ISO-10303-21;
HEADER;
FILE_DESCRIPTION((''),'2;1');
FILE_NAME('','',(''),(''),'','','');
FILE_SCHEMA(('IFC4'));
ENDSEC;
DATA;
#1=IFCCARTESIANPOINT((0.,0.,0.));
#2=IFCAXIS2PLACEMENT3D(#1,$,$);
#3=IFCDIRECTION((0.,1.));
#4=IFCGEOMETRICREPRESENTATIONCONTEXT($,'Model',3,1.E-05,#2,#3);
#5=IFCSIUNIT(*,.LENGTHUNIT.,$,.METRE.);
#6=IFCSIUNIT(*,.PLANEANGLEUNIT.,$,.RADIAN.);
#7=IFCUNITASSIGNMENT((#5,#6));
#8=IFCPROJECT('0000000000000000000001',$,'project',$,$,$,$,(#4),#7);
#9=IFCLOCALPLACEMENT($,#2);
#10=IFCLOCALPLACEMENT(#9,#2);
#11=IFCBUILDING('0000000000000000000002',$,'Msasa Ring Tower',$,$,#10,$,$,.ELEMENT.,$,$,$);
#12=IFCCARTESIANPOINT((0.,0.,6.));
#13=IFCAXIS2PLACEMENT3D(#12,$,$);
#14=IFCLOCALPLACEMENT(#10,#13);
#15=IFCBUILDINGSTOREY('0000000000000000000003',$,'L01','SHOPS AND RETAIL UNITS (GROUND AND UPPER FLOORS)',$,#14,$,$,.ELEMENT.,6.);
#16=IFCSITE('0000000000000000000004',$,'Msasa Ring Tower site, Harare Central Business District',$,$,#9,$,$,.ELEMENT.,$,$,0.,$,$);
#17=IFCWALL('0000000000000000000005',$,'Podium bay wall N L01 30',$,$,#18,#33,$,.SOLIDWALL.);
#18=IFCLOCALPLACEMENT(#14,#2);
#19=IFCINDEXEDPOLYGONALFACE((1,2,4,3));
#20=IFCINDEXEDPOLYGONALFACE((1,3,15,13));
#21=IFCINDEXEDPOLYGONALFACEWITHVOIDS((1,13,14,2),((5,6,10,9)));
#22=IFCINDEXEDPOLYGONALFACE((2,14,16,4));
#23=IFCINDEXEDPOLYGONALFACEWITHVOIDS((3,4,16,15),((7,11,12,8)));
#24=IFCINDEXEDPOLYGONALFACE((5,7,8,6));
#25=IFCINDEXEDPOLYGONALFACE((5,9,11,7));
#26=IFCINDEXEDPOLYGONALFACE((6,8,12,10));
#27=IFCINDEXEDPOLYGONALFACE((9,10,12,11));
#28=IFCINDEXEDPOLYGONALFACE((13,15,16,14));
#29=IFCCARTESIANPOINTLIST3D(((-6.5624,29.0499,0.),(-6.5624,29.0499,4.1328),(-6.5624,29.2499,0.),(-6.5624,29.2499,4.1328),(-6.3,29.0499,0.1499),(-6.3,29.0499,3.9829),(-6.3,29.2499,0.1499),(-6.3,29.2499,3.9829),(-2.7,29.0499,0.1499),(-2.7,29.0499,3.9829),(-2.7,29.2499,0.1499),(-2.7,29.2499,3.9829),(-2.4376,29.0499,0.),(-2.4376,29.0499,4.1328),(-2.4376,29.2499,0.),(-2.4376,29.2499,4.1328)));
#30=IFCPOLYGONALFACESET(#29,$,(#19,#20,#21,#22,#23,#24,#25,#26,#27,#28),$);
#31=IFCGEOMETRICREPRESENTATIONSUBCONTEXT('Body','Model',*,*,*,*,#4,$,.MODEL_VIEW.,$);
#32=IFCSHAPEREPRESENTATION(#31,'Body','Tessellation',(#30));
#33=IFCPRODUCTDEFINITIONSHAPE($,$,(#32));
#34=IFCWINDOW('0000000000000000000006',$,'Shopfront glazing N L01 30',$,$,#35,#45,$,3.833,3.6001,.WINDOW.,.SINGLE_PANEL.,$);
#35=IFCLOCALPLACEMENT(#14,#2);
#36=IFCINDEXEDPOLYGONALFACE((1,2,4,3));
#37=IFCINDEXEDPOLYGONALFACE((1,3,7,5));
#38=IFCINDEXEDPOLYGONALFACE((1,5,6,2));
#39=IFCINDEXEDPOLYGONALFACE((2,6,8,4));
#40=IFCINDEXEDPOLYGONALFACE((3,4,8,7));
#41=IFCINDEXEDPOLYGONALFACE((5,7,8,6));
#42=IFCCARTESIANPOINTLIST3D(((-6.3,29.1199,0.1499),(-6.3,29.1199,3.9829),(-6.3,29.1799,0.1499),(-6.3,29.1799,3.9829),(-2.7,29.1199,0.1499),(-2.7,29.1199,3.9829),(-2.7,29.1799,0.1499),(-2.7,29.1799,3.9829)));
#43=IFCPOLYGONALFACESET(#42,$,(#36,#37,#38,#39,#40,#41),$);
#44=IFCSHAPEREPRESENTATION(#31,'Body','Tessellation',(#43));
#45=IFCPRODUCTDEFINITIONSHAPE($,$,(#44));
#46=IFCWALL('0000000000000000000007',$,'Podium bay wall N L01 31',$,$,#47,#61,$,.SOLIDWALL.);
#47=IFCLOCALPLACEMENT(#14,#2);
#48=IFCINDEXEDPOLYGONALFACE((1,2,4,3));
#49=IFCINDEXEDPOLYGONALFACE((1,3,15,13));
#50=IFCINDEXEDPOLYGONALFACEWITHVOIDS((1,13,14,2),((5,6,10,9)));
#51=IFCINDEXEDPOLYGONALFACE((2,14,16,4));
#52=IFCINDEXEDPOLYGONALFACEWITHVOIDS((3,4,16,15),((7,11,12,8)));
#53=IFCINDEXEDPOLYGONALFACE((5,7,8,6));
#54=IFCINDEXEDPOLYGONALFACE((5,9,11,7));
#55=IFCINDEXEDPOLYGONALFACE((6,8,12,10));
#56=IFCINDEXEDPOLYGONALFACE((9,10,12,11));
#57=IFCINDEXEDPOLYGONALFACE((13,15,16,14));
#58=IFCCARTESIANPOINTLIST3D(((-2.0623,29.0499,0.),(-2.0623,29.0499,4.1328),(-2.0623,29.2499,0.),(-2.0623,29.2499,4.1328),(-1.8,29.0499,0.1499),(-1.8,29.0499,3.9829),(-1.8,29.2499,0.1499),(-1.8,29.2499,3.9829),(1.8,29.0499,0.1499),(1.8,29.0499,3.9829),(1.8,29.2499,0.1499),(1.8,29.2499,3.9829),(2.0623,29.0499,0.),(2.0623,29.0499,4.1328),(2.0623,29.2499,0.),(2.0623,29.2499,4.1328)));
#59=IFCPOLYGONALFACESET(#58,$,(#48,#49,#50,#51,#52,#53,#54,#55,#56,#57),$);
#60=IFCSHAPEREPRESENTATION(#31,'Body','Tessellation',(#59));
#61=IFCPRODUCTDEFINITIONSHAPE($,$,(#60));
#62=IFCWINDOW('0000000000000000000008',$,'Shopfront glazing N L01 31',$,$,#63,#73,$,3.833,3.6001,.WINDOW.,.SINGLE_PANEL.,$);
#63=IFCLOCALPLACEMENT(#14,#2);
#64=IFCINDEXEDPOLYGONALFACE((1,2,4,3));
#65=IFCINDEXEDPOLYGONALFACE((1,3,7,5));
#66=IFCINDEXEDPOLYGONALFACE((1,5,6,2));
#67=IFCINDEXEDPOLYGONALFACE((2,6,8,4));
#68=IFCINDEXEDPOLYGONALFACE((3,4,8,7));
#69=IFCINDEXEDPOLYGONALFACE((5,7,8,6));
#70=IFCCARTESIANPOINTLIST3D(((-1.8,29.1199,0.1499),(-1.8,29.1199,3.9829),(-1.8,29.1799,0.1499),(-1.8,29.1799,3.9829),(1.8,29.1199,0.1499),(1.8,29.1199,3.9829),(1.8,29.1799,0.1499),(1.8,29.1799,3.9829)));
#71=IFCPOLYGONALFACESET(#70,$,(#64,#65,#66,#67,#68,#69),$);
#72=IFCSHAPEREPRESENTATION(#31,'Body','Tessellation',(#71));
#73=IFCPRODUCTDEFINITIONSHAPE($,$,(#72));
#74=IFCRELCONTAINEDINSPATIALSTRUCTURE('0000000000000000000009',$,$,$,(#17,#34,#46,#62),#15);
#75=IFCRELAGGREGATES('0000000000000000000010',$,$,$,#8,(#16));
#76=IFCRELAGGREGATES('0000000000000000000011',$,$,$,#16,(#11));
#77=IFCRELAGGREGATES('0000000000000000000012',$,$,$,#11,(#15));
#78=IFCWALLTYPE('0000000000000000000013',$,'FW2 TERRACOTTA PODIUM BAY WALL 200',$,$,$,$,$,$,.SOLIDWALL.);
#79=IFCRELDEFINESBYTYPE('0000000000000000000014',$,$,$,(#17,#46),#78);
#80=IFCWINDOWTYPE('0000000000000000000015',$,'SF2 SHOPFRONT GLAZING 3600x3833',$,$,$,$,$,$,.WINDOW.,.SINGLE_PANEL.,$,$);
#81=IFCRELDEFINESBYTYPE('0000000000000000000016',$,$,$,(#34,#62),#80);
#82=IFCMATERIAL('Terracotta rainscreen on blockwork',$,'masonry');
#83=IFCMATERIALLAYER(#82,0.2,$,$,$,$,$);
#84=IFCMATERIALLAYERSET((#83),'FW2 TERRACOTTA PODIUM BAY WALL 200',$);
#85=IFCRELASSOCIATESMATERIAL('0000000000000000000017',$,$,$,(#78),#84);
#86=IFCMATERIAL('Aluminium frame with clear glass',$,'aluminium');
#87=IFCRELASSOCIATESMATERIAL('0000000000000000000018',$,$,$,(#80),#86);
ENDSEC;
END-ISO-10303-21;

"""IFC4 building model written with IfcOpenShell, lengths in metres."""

from ifc_helpers import new_model, si_unit, direction, frame, frame_2d, origin, place, context, subcontext, project, spatial, rectangle, extrude, material, layer, layer_set, type_object, element, fill, save


model = new_model("IFC4")

# Units and contexts
model_context = context("Model", 3, precision=1e-05, world=origin(), true_north=direction((0.0, 1.0)))
body_context = subcontext(model_context, "Body", "Model", "MODEL_VIEW")
ifc_project = project(units=[si_unit("LENGTHUNIT", "METRE"), si_unit("PLANEANGLEUNIT", "RADIAN")], contexts=[model_context])

# Site, building, storey
site_placement = place(None, origin())
site = spatial("IfcSite", under=ifc_project, at=site_placement, Name="Msasa Ring Tower site, Harare Central Business District", CompositionType="ELEMENT", RefElevation=0.0)
building_placement = place(site_placement, origin())
building = spatial("IfcBuilding", under=site, at=building_placement, Name="Msasa Ring Tower", CompositionType="ELEMENT")
storey_placement = place(building_placement, frame((0.0, 0.0, 6.0)))
storey = spatial("IfcBuildingStorey", under=building, at=storey_placement, Name="L01", Description="SHOPS AND RETAIL UNITS (GROUND AND UPPER FLOORS)", CompositionType="ELEMENT", Elevation=6.0)

# Walls, openings, windows
ifc_material_1 = material(Name="Terracotta rainscreen on blockwork", Category="masonry")
ifc_layer = layer(ifc_material_1, 0.2)
ifc_layer_set = layer_set([ifc_layer], Name="FW2 TERRACOTTA PODIUM BAY WALL 200")
wall_type = type_object("IfcWallType", Name="FW2 TERRACOTTA PODIUM BAY WALL 200", PredefinedType="SOLIDWALL", material=ifc_layer_set)
ifc_material_2 = material(Name="Aluminium frame with clear glass", Category="aluminium")
window_type = type_object("IfcWindowType", Name="SF2 SHOPFRONT GLAZING 3600x3833", PartitioningType="SINGLE_PANEL", PredefinedType="WINDOW", material=ifc_material_2)
wall_1_placement = place(storey_placement, frame((-6.5625, 29.1499, 0.0), z_axis=(0.0, 0.0, 1.0), x_axis=(1.0, 0.0, 0.0)))
wall_1 = element("IfcWall", 1, at=wall_1_placement, inside=storey, type_object=wall_type, Name="Podium bay wall N L01 30", PredefinedType="SOLIDWALL", context=body_context, shape_type="SweptSolid", body=[
    extrude(rectangle(XDim=4.1248, YDim=0.2, at=frame_2d((2.0625, 0.0))), origin(), (0.0, 0.0, 1.0), 4.1328),
])
opening_1_placement = place(wall_1_placement, frame((0.2625, 0.0, 0.1499)))
opening_1 = element("IfcOpeningElement", 2, at=opening_1_placement, cuts=wall_1, PredefinedType="OPENING", context=body_context, shape_type="SweptSolid", body=[
    extrude(rectangle(XDim=3.6001, YDim=3.833, at=frame_2d((1.8, 1.9165))), frame((0.0, 0.1099, 0.0), z_axis=(0.0, -1.0, 0.0), x_axis=(1.0, 0.0, 0.0)), (0.0, 0.0, 1.0), 0.22),
])
window_1_placement = place(opening_1_placement, origin())
window_1 = element("IfcWindow", 3, at=window_1_placement, inside=storey, type_object=window_type, Name="Shopfront glazing N L01 30", OverallHeight=3.833, OverallWidth=3.6001, PartitioningType="SINGLE_PANEL", PredefinedType="WINDOW", context=body_context, shape_type="SweptSolid", body=[
    extrude(rectangle(XDim=3.6001, YDim=3.833, at=frame_2d((1.8, 1.9165))), frame((0.0, 0.03, 0.0), z_axis=(0.0, -1.0, 0.0), x_axis=(1.0, 0.0, 0.0)), (0.0, 0.0, 1.0), 0.0601),
])
fill(opening_1, window_1)
wall_2_placement = place(storey_placement, frame((-2.0623, 29.1499, 0.0), z_axis=(0.0, 0.0, 1.0), x_axis=(1.0, 0.0, 0.0)))
wall_2 = element("IfcWall", 4, at=wall_2_placement, inside=storey, type_object=wall_type, Name="Podium bay wall N L01 31", PredefinedType="SOLIDWALL", context=body_context, shape_type="SweptSolid", body=[
    extrude(rectangle(XDim=4.1245, YDim=0.2, at=frame_2d((2.0623, 0.0))), origin(), (0.0, 0.0, 1.0), 4.1328),
])
opening_2_placement = place(wall_2_placement, frame((0.2622, 0.0, 0.1499)))
opening_2 = element("IfcOpeningElement", 5, at=opening_2_placement, cuts=wall_2, PredefinedType="OPENING", context=body_context, shape_type="SweptSolid", body=[
    extrude(rectangle(XDim=3.6001, YDim=3.833, at=frame_2d((1.8, 1.9165))), frame((0.0, 0.1099, 0.0), z_axis=(0.0, -1.0, 0.0), x_axis=(1.0, 0.0, 0.0)), (0.0, 0.0, 1.0), 0.22),
])
window_2_placement = place(opening_2_placement, origin())
window_2 = element("IfcWindow", 6, at=window_2_placement, inside=storey, type_object=window_type, Name="Shopfront glazing N L01 31", OverallHeight=3.833, OverallWidth=3.6001, PartitioningType="SINGLE_PANEL", PredefinedType="WINDOW", context=body_context, shape_type="SweptSolid", body=[
    extrude(rectangle(XDim=3.6001, YDim=3.833, at=frame_2d((1.8, 1.9165))), frame((0.0, 0.03, 0.0), z_axis=(0.0, -1.0, 0.0), x_axis=(1.0, 0.0, 0.0)), (0.0, 0.0, 1.0), 0.0601),
])
fill(opening_2, window_2)

save(model, "model.ifc")
